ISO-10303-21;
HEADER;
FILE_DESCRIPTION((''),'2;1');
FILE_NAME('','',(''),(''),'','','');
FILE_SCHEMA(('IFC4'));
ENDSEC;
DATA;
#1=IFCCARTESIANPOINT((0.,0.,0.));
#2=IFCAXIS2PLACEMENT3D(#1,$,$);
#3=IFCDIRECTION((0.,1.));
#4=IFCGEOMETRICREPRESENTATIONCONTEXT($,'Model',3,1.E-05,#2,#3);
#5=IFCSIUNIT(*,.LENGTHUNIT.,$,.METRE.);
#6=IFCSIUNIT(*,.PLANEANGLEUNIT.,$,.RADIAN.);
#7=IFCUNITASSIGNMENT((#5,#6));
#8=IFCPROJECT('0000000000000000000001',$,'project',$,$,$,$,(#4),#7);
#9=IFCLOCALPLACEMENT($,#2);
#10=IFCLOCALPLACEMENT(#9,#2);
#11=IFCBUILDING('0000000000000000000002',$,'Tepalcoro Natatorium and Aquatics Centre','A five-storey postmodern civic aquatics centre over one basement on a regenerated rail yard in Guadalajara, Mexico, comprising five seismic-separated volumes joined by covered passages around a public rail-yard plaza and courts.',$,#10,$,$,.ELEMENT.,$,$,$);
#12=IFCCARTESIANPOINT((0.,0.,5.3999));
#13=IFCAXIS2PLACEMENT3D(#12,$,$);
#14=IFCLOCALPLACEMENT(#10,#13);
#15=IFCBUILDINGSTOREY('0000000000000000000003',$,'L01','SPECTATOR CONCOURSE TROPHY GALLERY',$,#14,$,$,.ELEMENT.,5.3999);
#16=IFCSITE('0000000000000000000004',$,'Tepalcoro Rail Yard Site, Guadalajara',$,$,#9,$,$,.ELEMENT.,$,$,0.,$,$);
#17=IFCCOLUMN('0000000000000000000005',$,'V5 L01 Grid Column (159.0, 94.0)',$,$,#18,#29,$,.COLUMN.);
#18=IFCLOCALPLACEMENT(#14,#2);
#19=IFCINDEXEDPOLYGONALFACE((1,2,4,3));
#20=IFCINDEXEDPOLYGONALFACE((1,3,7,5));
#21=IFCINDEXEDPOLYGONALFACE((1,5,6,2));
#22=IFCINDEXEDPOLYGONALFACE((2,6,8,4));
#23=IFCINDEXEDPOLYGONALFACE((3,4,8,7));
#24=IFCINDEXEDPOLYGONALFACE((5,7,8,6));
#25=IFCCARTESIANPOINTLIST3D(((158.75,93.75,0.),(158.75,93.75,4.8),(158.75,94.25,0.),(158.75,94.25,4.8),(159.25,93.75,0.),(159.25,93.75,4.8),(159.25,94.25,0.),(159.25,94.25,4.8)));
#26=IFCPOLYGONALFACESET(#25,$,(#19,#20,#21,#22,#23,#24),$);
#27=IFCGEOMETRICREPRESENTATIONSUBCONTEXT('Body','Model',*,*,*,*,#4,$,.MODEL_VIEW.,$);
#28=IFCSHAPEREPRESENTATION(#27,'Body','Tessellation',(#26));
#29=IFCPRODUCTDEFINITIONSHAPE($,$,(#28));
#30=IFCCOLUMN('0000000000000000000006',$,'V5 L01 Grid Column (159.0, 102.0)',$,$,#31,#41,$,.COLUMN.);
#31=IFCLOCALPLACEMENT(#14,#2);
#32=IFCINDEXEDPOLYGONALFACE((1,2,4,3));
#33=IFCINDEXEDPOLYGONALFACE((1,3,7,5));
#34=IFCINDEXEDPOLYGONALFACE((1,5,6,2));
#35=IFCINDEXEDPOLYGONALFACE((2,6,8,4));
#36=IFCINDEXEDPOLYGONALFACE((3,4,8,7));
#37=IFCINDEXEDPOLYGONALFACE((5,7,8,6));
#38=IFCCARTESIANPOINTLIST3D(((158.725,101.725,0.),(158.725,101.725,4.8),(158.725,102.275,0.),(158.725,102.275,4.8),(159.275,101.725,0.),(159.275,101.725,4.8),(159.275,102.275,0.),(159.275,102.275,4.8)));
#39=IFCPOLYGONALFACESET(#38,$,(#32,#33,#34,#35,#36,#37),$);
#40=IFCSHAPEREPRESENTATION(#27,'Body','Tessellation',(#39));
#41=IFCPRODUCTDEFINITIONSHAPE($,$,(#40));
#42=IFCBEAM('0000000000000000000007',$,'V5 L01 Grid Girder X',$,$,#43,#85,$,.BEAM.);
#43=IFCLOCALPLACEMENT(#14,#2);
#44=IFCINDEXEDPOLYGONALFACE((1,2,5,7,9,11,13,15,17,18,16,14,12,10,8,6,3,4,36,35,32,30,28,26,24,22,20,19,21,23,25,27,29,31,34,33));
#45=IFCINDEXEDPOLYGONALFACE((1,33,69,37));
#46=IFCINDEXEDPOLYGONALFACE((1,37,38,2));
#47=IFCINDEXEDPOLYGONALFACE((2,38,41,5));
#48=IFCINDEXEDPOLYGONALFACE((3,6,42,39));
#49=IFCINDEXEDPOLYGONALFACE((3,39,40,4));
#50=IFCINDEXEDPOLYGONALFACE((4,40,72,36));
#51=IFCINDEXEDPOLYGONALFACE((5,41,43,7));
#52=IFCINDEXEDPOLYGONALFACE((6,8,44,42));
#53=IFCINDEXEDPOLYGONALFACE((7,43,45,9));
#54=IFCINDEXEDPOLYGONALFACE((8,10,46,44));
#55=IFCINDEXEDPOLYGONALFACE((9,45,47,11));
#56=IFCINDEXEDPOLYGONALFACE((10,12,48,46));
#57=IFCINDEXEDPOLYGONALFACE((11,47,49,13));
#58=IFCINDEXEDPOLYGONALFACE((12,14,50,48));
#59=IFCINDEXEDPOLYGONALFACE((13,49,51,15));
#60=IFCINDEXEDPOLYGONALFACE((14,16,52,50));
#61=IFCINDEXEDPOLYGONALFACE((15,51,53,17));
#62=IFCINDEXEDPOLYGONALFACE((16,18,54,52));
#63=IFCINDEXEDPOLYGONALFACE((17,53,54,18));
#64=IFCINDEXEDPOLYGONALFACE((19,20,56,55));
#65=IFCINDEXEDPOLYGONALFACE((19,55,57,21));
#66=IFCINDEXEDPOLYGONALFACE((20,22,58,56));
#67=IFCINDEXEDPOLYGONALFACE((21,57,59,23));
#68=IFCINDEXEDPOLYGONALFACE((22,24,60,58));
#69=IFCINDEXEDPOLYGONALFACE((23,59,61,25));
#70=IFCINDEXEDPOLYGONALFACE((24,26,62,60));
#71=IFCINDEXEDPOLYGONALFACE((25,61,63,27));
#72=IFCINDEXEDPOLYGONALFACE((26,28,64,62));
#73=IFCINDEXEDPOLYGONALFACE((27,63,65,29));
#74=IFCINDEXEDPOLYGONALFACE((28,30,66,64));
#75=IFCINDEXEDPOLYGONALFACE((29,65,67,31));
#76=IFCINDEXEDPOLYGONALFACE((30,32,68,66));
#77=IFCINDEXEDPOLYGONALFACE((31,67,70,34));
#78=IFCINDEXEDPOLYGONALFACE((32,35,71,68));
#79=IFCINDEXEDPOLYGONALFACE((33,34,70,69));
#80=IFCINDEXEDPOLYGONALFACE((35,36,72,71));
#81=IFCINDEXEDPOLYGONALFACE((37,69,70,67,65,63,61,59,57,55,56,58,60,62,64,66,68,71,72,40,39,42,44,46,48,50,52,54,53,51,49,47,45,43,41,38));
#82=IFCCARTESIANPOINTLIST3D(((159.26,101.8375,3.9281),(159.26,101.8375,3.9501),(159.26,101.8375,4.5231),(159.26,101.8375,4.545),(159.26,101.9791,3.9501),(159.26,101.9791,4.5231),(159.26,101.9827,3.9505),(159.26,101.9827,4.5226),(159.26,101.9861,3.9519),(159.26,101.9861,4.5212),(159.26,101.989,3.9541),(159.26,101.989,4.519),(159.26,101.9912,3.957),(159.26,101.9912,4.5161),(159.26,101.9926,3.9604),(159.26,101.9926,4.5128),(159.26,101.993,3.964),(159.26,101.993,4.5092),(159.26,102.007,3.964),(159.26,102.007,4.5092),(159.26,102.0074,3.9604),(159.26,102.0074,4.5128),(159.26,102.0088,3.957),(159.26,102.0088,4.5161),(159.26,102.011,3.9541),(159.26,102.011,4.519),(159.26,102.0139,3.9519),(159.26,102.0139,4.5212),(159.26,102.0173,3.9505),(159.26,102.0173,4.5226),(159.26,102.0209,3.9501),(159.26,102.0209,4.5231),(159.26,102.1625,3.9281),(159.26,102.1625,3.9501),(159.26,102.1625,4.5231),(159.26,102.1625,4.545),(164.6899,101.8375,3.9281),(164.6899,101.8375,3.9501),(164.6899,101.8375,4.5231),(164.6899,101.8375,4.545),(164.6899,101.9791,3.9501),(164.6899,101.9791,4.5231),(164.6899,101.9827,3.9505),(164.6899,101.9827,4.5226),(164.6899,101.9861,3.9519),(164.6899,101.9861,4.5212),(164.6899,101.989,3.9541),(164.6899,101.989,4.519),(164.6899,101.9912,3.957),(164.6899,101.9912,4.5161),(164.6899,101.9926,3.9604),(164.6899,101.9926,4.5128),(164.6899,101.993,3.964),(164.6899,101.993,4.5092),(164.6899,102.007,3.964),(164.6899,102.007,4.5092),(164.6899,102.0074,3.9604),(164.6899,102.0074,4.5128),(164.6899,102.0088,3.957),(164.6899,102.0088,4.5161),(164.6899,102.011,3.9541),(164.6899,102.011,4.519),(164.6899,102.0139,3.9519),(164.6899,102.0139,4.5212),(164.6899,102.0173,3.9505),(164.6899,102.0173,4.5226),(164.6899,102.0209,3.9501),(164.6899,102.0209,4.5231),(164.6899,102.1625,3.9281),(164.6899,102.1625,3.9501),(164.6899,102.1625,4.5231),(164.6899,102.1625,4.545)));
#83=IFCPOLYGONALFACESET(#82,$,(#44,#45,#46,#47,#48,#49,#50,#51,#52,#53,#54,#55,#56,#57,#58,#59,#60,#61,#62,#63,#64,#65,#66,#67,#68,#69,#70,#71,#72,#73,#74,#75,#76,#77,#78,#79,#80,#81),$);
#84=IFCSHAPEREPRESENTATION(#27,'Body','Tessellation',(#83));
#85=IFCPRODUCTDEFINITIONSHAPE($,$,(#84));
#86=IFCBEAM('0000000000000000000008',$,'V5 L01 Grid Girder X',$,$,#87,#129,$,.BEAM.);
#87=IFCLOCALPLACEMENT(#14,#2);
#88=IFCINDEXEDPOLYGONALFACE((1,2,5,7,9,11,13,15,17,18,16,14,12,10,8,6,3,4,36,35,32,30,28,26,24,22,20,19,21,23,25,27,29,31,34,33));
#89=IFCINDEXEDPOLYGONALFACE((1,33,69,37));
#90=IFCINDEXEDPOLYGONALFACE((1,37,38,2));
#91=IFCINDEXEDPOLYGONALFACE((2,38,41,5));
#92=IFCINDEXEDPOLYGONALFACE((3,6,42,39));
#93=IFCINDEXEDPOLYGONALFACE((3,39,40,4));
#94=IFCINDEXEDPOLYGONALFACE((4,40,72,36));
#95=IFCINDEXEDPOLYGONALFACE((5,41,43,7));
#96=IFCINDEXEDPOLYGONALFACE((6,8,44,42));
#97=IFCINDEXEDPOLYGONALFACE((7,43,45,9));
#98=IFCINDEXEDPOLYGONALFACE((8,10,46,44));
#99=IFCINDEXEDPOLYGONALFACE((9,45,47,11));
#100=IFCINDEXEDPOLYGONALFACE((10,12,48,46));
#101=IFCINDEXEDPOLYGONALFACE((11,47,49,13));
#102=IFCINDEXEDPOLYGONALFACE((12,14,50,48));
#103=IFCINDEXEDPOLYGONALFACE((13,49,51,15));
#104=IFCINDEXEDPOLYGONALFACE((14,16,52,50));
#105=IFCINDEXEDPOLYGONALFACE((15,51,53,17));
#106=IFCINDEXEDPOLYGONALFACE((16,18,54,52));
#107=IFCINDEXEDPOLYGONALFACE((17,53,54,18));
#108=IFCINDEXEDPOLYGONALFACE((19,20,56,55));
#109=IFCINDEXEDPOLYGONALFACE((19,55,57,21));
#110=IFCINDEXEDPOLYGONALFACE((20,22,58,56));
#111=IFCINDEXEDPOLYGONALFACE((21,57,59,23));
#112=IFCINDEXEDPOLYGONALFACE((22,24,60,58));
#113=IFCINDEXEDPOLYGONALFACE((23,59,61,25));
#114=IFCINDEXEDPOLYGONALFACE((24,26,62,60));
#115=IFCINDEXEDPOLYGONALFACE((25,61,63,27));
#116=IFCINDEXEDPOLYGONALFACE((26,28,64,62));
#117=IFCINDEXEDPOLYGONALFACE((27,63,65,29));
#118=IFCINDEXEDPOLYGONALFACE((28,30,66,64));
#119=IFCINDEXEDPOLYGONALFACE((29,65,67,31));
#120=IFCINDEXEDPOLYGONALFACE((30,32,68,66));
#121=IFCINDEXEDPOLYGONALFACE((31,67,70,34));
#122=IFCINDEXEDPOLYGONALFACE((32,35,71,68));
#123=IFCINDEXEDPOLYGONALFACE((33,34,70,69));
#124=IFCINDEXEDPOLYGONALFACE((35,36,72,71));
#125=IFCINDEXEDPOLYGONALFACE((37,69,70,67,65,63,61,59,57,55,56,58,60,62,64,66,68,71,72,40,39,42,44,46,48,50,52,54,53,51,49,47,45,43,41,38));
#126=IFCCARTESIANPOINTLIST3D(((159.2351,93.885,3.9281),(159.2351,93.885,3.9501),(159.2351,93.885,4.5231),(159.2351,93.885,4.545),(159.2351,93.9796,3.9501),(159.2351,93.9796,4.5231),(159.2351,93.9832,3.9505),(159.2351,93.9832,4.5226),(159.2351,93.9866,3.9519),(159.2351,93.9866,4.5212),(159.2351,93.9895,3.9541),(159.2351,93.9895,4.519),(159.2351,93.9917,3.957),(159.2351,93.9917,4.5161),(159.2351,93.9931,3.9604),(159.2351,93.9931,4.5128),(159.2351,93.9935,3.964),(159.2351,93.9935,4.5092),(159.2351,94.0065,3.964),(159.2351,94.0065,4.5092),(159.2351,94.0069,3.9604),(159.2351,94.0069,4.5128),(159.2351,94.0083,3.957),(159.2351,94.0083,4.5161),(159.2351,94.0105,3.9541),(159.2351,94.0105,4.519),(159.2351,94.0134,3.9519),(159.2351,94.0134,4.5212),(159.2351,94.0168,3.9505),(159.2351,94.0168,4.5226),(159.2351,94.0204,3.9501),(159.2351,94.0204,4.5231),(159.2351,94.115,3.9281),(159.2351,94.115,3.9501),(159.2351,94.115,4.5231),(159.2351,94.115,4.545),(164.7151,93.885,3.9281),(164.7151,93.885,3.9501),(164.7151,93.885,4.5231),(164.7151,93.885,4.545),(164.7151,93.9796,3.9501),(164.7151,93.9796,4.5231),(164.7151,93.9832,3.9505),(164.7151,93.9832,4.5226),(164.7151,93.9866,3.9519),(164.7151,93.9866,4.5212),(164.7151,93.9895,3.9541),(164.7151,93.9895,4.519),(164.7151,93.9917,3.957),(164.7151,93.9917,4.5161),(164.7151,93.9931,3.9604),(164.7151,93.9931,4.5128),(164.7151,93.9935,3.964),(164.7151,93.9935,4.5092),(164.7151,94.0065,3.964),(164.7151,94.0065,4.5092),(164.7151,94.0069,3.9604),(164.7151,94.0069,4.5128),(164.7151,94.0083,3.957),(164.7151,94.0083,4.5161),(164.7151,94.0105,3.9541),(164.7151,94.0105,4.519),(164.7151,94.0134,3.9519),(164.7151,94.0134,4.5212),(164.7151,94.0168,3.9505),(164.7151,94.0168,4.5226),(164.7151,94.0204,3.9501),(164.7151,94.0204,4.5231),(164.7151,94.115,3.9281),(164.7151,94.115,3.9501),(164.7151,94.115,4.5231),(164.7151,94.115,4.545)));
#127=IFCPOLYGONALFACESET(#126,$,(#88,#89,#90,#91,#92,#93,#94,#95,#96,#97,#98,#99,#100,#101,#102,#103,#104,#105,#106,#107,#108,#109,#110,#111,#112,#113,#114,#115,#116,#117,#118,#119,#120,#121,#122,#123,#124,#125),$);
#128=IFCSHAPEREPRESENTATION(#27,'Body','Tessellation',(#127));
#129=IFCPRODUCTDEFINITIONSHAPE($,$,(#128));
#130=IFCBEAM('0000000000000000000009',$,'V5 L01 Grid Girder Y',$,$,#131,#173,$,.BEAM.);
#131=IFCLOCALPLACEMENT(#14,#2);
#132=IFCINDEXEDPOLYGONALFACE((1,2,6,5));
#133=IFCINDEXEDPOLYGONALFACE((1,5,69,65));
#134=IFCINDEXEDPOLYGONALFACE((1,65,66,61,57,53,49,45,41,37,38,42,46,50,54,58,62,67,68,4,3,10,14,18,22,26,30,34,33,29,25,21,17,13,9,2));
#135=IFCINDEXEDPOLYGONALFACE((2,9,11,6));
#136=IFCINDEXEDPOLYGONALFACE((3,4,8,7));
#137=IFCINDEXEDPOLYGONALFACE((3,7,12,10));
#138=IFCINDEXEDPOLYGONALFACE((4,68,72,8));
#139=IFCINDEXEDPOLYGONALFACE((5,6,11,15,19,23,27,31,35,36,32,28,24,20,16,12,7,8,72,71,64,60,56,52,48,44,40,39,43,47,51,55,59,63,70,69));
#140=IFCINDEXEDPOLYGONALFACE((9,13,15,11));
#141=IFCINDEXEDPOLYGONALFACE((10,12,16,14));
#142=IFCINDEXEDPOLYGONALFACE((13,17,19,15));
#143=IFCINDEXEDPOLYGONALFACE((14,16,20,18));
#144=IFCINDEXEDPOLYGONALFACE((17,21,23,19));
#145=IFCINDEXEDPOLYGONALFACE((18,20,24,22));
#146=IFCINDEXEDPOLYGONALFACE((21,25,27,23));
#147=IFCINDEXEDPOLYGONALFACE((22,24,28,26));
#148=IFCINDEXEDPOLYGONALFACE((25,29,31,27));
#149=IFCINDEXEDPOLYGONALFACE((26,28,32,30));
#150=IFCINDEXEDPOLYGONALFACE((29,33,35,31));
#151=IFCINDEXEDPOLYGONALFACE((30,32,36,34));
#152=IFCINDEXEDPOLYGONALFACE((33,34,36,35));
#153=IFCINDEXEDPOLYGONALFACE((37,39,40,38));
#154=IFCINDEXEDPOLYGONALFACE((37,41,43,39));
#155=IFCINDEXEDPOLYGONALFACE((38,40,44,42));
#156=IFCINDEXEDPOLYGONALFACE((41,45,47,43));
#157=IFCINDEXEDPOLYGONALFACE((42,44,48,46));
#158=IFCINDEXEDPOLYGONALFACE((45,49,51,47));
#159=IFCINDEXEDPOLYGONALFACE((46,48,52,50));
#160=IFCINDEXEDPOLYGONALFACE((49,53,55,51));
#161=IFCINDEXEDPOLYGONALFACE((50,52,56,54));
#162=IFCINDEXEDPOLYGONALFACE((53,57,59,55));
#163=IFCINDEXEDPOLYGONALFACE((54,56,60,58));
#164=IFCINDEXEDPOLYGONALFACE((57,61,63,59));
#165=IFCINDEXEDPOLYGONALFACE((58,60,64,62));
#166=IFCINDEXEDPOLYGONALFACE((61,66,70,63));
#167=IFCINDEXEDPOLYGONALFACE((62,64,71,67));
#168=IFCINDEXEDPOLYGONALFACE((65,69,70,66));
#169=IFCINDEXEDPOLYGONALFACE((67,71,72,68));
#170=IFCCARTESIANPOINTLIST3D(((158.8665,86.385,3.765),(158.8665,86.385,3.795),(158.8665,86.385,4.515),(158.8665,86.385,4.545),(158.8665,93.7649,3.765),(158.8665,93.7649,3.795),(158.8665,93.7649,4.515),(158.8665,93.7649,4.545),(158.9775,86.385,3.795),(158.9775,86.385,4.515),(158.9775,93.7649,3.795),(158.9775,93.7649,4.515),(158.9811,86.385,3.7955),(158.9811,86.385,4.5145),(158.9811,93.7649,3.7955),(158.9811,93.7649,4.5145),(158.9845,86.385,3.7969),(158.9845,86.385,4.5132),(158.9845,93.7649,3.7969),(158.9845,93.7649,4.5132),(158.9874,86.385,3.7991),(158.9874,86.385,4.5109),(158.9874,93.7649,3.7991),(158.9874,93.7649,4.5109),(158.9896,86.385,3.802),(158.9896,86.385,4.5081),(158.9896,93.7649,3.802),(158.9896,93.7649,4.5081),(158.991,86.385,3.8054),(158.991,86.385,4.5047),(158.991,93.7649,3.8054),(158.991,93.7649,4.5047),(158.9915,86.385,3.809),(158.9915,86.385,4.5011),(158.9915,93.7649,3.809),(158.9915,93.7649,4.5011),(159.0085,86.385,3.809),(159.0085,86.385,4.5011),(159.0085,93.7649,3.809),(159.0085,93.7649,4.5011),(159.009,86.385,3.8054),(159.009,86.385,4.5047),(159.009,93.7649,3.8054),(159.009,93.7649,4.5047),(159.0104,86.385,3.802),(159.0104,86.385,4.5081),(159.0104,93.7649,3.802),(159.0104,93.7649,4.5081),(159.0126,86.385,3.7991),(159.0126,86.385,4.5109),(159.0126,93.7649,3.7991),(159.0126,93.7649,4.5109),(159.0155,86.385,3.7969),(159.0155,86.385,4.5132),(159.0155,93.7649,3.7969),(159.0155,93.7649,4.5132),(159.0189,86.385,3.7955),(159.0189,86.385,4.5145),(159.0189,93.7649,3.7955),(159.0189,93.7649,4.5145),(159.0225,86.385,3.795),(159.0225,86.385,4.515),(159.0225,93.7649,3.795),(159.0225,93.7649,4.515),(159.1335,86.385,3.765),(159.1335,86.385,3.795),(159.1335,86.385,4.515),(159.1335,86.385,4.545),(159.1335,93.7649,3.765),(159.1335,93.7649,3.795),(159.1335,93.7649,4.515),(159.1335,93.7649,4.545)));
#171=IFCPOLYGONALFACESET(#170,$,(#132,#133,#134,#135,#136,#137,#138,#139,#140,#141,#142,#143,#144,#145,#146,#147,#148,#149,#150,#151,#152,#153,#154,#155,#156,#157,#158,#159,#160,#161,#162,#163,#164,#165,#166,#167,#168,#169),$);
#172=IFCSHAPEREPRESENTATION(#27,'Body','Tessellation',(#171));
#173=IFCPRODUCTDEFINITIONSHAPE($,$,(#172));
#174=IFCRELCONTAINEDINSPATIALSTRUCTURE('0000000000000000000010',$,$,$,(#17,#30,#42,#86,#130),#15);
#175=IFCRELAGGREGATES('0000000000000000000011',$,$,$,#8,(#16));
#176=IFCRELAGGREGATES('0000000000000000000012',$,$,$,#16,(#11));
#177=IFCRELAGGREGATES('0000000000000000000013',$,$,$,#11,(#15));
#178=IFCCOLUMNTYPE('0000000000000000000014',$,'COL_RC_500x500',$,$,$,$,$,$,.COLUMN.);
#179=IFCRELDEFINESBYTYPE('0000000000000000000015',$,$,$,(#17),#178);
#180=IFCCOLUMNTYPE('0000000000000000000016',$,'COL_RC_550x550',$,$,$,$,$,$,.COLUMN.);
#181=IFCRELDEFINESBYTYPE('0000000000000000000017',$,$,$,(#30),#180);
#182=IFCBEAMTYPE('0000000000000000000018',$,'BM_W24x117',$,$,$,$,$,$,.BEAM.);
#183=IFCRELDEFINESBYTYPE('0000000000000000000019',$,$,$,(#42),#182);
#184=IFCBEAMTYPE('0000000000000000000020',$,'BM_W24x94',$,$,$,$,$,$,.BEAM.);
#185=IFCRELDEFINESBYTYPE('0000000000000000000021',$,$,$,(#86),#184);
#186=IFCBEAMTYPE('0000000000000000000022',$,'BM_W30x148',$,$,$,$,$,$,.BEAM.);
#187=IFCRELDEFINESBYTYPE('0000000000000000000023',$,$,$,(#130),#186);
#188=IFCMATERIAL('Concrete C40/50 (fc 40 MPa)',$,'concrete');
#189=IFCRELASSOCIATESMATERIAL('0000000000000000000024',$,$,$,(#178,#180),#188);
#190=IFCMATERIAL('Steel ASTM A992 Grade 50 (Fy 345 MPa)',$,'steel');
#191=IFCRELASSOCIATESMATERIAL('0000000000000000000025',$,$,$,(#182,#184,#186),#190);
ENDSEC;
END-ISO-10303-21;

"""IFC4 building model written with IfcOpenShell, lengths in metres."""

from ifc_helpers import new_model, si_unit, direction, frame, origin, origin_2d, place, context, subcontext, project, spatial, rectangle, i_section, extrude, material, material_profile, profile_set, type_object, element, save


model = new_model("IFC4")

# Units and contexts
model_context = context("Model", 3, precision=1e-05, world=origin(), true_north=direction((0.0, 1.0)))
body_context = subcontext(model_context, "Body", "Model", "MODEL_VIEW")
ifc_project = project(units=[si_unit("LENGTHUNIT", "METRE"), si_unit("PLANEANGLEUNIT", "RADIAN")], contexts=[model_context])

# Site, building, storey
site_placement = place(None, origin())
site = spatial("IfcSite", under=ifc_project, at=site_placement, Name="Tepalcoro Rail Yard Site, Guadalajara", CompositionType="ELEMENT", RefElevation=0.0)
building_placement = place(site_placement, origin())
building = spatial("IfcBuilding", under=site, at=building_placement, Name="Tepalcoro Natatorium and Aquatics Centre", Description="A five-storey postmodern civic aquatics centre over one basement on a regenerated rail yard in Guadalajara, Mexico, comprising five seismic-separated volumes joined by covered passages around a public rail-yard plaza and courts.", CompositionType="ELEMENT")
storey_placement = place(building_placement, frame((0.0, 0.0, 5.3999)))
storey = spatial("IfcBuildingStorey", under=building, at=storey_placement, Name="L01", Description="SPECTATOR CONCOURSE TROPHY GALLERY", CompositionType="ELEMENT", Elevation=5.3999)

# Columns
ifc_material_1 = material(Name="Concrete C40/50 (fc 40 MPa)", Category="concrete")
ifc_material_profile_1 = material_profile(ifc_material_1, rectangle(XDim=0.5, YDim=0.5, at=origin_2d()), Name="RC500x500")
ifc_profile_set_1 = profile_set([ifc_material_profile_1], Name="Concrete C40/50 (fc 40 MPa)")
column_type_1 = type_object("IfcColumnType", Name="COL_RC_500x500", PredefinedType="COLUMN", material=ifc_profile_set_1)
column_1_placement = place(storey_placement, frame((159.0, 94.0, 0.0), z_axis=(0.0, 0.0, 1.0), x_axis=(1.0, 0.0, 0.0)))
element("IfcColumn", 1, at=column_1_placement, inside=storey, type_object=column_type_1, Name="V5 L01 Grid Column (159.0, 94.0)", PredefinedType="COLUMN", context=body_context, shape_type="SweptSolid", body=[
    extrude(rectangle(XDim=0.5, YDim=0.5, at=origin_2d()), origin(), (0.0, 0.0, 1.0), 4.8),
])
ifc_material_profile_2 = material_profile(ifc_material_1, rectangle(XDim=0.55, YDim=0.55, at=origin_2d()), Name="RC550x550")
ifc_profile_set_2 = profile_set([ifc_material_profile_2], Name="Concrete C40/50 (fc 40 MPa)")
column_type_2 = type_object("IfcColumnType", Name="COL_RC_550x550", PredefinedType="COLUMN", material=ifc_profile_set_2)
column_2_placement = place(storey_placement, frame((159.0, 102.0, 0.0), z_axis=(0.0, 0.0, 1.0), x_axis=(1.0, 0.0, 0.0)))
element("IfcColumn", 2, at=column_2_placement, inside=storey, type_object=column_type_2, Name="V5 L01 Grid Column (159.0, 102.0)", PredefinedType="COLUMN", context=body_context, shape_type="SweptSolid", body=[
    extrude(rectangle(XDim=0.55, YDim=0.55, at=origin_2d()), origin(), (0.0, 0.0, 1.0), 4.8),
])

# Beams
ifc_material_2 = material(Name="Steel ASTM A992 Grade 50 (Fy 345 MPa)", Category="steel")
ifc_material_profile_3 = material_profile(ifc_material_2, i_section(OverallWidth=0.325, OverallDepth=0.6169, WebThickness=0.0139, FlangeThickness=0.022, FilletRadius=0.0139, at=origin_2d()), Name="W24X117")
ifc_profile_set_3 = profile_set([ifc_material_profile_3], Name="Steel ASTM A992 Grade 50 (Fy 345 MPa)")
beam_type_1 = type_object("IfcBeamType", Name="BM_W24x117", PredefinedType="BEAM", material=ifc_profile_set_3)
beam_1_placement = place(storey_placement, frame((159.26, 102.0, 4.2366), z_axis=(1.0, 0.0, 0.0), x_axis=(0.0, 1.0, 0.0)))
element("IfcBeam", 3, at=beam_1_placement, inside=storey, type_object=beam_type_1, Name="V5 L01 Grid Girder X", PredefinedType="BEAM", context=body_context, shape_type="SweptSolid", body=[
    extrude(i_section(OverallWidth=0.325, OverallDepth=0.6169, WebThickness=0.0139, FlangeThickness=0.022, FilletRadius=0.0139, at=origin_2d()), origin(), (0.0, 0.0, 1.0), 5.4299),
])
ifc_material_profile_4 = material_profile(ifc_material_2, i_section(OverallWidth=0.23, OverallDepth=0.6169, WebThickness=0.0129, FlangeThickness=0.022, FilletRadius=0.0139, at=origin_2d()), Name="W24X94")
ifc_profile_set_4 = profile_set([ifc_material_profile_4], Name="Steel ASTM A992 Grade 50 (Fy 345 MPa)")
beam_type_2 = type_object("IfcBeamType", Name="BM_W24x94", PredefinedType="BEAM", material=ifc_profile_set_4)
beam_2_placement = place(storey_placement, frame((159.2351, 94.0, 4.2366), z_axis=(1.0, 0.0, 0.0), x_axis=(0.0, 1.0, 0.0)))
element("IfcBeam", 4, at=beam_2_placement, inside=storey, type_object=beam_type_2, Name="V5 L01 Grid Girder X", PredefinedType="BEAM", context=body_context, shape_type="SweptSolid", body=[
    extrude(i_section(OverallWidth=0.23, OverallDepth=0.6169, WebThickness=0.0129, FlangeThickness=0.022, FilletRadius=0.0139, at=origin_2d()), origin(), (0.0, 0.0, 1.0), 5.48),
])
ifc_material_profile_5 = material_profile(ifc_material_2, i_section(OverallWidth=0.2671, OverallDepth=0.78, WebThickness=0.0171, FlangeThickness=0.03, FilletRadius=0.0139, at=origin_2d()), Name="W30X148")
ifc_profile_set_5 = profile_set([ifc_material_profile_5], Name="Steel ASTM A992 Grade 50 (Fy 345 MPa)")
beam_type_3 = type_object("IfcBeamType", Name="BM_W30x148", PredefinedType="BEAM", material=ifc_profile_set_5)
beam_3_placement = place(storey_placement, frame((159.0, 86.385, 4.155), z_axis=(0.0, 1.0, 0.0), x_axis=(-1.0, 0.0, 0.0)))
element("IfcBeam", 5, at=beam_3_placement, inside=storey, type_object=beam_type_3, Name="V5 L01 Grid Girder Y", PredefinedType="BEAM", context=body_context, shape_type="SweptSolid", body=[
    extrude(i_section(OverallWidth=0.2671, OverallDepth=0.78, WebThickness=0.0171, FlangeThickness=0.03, FilletRadius=0.0139, at=origin_2d()), origin(), (0.0, 0.0, 1.0), 7.3799),
])

save(model, "model.ifc")
